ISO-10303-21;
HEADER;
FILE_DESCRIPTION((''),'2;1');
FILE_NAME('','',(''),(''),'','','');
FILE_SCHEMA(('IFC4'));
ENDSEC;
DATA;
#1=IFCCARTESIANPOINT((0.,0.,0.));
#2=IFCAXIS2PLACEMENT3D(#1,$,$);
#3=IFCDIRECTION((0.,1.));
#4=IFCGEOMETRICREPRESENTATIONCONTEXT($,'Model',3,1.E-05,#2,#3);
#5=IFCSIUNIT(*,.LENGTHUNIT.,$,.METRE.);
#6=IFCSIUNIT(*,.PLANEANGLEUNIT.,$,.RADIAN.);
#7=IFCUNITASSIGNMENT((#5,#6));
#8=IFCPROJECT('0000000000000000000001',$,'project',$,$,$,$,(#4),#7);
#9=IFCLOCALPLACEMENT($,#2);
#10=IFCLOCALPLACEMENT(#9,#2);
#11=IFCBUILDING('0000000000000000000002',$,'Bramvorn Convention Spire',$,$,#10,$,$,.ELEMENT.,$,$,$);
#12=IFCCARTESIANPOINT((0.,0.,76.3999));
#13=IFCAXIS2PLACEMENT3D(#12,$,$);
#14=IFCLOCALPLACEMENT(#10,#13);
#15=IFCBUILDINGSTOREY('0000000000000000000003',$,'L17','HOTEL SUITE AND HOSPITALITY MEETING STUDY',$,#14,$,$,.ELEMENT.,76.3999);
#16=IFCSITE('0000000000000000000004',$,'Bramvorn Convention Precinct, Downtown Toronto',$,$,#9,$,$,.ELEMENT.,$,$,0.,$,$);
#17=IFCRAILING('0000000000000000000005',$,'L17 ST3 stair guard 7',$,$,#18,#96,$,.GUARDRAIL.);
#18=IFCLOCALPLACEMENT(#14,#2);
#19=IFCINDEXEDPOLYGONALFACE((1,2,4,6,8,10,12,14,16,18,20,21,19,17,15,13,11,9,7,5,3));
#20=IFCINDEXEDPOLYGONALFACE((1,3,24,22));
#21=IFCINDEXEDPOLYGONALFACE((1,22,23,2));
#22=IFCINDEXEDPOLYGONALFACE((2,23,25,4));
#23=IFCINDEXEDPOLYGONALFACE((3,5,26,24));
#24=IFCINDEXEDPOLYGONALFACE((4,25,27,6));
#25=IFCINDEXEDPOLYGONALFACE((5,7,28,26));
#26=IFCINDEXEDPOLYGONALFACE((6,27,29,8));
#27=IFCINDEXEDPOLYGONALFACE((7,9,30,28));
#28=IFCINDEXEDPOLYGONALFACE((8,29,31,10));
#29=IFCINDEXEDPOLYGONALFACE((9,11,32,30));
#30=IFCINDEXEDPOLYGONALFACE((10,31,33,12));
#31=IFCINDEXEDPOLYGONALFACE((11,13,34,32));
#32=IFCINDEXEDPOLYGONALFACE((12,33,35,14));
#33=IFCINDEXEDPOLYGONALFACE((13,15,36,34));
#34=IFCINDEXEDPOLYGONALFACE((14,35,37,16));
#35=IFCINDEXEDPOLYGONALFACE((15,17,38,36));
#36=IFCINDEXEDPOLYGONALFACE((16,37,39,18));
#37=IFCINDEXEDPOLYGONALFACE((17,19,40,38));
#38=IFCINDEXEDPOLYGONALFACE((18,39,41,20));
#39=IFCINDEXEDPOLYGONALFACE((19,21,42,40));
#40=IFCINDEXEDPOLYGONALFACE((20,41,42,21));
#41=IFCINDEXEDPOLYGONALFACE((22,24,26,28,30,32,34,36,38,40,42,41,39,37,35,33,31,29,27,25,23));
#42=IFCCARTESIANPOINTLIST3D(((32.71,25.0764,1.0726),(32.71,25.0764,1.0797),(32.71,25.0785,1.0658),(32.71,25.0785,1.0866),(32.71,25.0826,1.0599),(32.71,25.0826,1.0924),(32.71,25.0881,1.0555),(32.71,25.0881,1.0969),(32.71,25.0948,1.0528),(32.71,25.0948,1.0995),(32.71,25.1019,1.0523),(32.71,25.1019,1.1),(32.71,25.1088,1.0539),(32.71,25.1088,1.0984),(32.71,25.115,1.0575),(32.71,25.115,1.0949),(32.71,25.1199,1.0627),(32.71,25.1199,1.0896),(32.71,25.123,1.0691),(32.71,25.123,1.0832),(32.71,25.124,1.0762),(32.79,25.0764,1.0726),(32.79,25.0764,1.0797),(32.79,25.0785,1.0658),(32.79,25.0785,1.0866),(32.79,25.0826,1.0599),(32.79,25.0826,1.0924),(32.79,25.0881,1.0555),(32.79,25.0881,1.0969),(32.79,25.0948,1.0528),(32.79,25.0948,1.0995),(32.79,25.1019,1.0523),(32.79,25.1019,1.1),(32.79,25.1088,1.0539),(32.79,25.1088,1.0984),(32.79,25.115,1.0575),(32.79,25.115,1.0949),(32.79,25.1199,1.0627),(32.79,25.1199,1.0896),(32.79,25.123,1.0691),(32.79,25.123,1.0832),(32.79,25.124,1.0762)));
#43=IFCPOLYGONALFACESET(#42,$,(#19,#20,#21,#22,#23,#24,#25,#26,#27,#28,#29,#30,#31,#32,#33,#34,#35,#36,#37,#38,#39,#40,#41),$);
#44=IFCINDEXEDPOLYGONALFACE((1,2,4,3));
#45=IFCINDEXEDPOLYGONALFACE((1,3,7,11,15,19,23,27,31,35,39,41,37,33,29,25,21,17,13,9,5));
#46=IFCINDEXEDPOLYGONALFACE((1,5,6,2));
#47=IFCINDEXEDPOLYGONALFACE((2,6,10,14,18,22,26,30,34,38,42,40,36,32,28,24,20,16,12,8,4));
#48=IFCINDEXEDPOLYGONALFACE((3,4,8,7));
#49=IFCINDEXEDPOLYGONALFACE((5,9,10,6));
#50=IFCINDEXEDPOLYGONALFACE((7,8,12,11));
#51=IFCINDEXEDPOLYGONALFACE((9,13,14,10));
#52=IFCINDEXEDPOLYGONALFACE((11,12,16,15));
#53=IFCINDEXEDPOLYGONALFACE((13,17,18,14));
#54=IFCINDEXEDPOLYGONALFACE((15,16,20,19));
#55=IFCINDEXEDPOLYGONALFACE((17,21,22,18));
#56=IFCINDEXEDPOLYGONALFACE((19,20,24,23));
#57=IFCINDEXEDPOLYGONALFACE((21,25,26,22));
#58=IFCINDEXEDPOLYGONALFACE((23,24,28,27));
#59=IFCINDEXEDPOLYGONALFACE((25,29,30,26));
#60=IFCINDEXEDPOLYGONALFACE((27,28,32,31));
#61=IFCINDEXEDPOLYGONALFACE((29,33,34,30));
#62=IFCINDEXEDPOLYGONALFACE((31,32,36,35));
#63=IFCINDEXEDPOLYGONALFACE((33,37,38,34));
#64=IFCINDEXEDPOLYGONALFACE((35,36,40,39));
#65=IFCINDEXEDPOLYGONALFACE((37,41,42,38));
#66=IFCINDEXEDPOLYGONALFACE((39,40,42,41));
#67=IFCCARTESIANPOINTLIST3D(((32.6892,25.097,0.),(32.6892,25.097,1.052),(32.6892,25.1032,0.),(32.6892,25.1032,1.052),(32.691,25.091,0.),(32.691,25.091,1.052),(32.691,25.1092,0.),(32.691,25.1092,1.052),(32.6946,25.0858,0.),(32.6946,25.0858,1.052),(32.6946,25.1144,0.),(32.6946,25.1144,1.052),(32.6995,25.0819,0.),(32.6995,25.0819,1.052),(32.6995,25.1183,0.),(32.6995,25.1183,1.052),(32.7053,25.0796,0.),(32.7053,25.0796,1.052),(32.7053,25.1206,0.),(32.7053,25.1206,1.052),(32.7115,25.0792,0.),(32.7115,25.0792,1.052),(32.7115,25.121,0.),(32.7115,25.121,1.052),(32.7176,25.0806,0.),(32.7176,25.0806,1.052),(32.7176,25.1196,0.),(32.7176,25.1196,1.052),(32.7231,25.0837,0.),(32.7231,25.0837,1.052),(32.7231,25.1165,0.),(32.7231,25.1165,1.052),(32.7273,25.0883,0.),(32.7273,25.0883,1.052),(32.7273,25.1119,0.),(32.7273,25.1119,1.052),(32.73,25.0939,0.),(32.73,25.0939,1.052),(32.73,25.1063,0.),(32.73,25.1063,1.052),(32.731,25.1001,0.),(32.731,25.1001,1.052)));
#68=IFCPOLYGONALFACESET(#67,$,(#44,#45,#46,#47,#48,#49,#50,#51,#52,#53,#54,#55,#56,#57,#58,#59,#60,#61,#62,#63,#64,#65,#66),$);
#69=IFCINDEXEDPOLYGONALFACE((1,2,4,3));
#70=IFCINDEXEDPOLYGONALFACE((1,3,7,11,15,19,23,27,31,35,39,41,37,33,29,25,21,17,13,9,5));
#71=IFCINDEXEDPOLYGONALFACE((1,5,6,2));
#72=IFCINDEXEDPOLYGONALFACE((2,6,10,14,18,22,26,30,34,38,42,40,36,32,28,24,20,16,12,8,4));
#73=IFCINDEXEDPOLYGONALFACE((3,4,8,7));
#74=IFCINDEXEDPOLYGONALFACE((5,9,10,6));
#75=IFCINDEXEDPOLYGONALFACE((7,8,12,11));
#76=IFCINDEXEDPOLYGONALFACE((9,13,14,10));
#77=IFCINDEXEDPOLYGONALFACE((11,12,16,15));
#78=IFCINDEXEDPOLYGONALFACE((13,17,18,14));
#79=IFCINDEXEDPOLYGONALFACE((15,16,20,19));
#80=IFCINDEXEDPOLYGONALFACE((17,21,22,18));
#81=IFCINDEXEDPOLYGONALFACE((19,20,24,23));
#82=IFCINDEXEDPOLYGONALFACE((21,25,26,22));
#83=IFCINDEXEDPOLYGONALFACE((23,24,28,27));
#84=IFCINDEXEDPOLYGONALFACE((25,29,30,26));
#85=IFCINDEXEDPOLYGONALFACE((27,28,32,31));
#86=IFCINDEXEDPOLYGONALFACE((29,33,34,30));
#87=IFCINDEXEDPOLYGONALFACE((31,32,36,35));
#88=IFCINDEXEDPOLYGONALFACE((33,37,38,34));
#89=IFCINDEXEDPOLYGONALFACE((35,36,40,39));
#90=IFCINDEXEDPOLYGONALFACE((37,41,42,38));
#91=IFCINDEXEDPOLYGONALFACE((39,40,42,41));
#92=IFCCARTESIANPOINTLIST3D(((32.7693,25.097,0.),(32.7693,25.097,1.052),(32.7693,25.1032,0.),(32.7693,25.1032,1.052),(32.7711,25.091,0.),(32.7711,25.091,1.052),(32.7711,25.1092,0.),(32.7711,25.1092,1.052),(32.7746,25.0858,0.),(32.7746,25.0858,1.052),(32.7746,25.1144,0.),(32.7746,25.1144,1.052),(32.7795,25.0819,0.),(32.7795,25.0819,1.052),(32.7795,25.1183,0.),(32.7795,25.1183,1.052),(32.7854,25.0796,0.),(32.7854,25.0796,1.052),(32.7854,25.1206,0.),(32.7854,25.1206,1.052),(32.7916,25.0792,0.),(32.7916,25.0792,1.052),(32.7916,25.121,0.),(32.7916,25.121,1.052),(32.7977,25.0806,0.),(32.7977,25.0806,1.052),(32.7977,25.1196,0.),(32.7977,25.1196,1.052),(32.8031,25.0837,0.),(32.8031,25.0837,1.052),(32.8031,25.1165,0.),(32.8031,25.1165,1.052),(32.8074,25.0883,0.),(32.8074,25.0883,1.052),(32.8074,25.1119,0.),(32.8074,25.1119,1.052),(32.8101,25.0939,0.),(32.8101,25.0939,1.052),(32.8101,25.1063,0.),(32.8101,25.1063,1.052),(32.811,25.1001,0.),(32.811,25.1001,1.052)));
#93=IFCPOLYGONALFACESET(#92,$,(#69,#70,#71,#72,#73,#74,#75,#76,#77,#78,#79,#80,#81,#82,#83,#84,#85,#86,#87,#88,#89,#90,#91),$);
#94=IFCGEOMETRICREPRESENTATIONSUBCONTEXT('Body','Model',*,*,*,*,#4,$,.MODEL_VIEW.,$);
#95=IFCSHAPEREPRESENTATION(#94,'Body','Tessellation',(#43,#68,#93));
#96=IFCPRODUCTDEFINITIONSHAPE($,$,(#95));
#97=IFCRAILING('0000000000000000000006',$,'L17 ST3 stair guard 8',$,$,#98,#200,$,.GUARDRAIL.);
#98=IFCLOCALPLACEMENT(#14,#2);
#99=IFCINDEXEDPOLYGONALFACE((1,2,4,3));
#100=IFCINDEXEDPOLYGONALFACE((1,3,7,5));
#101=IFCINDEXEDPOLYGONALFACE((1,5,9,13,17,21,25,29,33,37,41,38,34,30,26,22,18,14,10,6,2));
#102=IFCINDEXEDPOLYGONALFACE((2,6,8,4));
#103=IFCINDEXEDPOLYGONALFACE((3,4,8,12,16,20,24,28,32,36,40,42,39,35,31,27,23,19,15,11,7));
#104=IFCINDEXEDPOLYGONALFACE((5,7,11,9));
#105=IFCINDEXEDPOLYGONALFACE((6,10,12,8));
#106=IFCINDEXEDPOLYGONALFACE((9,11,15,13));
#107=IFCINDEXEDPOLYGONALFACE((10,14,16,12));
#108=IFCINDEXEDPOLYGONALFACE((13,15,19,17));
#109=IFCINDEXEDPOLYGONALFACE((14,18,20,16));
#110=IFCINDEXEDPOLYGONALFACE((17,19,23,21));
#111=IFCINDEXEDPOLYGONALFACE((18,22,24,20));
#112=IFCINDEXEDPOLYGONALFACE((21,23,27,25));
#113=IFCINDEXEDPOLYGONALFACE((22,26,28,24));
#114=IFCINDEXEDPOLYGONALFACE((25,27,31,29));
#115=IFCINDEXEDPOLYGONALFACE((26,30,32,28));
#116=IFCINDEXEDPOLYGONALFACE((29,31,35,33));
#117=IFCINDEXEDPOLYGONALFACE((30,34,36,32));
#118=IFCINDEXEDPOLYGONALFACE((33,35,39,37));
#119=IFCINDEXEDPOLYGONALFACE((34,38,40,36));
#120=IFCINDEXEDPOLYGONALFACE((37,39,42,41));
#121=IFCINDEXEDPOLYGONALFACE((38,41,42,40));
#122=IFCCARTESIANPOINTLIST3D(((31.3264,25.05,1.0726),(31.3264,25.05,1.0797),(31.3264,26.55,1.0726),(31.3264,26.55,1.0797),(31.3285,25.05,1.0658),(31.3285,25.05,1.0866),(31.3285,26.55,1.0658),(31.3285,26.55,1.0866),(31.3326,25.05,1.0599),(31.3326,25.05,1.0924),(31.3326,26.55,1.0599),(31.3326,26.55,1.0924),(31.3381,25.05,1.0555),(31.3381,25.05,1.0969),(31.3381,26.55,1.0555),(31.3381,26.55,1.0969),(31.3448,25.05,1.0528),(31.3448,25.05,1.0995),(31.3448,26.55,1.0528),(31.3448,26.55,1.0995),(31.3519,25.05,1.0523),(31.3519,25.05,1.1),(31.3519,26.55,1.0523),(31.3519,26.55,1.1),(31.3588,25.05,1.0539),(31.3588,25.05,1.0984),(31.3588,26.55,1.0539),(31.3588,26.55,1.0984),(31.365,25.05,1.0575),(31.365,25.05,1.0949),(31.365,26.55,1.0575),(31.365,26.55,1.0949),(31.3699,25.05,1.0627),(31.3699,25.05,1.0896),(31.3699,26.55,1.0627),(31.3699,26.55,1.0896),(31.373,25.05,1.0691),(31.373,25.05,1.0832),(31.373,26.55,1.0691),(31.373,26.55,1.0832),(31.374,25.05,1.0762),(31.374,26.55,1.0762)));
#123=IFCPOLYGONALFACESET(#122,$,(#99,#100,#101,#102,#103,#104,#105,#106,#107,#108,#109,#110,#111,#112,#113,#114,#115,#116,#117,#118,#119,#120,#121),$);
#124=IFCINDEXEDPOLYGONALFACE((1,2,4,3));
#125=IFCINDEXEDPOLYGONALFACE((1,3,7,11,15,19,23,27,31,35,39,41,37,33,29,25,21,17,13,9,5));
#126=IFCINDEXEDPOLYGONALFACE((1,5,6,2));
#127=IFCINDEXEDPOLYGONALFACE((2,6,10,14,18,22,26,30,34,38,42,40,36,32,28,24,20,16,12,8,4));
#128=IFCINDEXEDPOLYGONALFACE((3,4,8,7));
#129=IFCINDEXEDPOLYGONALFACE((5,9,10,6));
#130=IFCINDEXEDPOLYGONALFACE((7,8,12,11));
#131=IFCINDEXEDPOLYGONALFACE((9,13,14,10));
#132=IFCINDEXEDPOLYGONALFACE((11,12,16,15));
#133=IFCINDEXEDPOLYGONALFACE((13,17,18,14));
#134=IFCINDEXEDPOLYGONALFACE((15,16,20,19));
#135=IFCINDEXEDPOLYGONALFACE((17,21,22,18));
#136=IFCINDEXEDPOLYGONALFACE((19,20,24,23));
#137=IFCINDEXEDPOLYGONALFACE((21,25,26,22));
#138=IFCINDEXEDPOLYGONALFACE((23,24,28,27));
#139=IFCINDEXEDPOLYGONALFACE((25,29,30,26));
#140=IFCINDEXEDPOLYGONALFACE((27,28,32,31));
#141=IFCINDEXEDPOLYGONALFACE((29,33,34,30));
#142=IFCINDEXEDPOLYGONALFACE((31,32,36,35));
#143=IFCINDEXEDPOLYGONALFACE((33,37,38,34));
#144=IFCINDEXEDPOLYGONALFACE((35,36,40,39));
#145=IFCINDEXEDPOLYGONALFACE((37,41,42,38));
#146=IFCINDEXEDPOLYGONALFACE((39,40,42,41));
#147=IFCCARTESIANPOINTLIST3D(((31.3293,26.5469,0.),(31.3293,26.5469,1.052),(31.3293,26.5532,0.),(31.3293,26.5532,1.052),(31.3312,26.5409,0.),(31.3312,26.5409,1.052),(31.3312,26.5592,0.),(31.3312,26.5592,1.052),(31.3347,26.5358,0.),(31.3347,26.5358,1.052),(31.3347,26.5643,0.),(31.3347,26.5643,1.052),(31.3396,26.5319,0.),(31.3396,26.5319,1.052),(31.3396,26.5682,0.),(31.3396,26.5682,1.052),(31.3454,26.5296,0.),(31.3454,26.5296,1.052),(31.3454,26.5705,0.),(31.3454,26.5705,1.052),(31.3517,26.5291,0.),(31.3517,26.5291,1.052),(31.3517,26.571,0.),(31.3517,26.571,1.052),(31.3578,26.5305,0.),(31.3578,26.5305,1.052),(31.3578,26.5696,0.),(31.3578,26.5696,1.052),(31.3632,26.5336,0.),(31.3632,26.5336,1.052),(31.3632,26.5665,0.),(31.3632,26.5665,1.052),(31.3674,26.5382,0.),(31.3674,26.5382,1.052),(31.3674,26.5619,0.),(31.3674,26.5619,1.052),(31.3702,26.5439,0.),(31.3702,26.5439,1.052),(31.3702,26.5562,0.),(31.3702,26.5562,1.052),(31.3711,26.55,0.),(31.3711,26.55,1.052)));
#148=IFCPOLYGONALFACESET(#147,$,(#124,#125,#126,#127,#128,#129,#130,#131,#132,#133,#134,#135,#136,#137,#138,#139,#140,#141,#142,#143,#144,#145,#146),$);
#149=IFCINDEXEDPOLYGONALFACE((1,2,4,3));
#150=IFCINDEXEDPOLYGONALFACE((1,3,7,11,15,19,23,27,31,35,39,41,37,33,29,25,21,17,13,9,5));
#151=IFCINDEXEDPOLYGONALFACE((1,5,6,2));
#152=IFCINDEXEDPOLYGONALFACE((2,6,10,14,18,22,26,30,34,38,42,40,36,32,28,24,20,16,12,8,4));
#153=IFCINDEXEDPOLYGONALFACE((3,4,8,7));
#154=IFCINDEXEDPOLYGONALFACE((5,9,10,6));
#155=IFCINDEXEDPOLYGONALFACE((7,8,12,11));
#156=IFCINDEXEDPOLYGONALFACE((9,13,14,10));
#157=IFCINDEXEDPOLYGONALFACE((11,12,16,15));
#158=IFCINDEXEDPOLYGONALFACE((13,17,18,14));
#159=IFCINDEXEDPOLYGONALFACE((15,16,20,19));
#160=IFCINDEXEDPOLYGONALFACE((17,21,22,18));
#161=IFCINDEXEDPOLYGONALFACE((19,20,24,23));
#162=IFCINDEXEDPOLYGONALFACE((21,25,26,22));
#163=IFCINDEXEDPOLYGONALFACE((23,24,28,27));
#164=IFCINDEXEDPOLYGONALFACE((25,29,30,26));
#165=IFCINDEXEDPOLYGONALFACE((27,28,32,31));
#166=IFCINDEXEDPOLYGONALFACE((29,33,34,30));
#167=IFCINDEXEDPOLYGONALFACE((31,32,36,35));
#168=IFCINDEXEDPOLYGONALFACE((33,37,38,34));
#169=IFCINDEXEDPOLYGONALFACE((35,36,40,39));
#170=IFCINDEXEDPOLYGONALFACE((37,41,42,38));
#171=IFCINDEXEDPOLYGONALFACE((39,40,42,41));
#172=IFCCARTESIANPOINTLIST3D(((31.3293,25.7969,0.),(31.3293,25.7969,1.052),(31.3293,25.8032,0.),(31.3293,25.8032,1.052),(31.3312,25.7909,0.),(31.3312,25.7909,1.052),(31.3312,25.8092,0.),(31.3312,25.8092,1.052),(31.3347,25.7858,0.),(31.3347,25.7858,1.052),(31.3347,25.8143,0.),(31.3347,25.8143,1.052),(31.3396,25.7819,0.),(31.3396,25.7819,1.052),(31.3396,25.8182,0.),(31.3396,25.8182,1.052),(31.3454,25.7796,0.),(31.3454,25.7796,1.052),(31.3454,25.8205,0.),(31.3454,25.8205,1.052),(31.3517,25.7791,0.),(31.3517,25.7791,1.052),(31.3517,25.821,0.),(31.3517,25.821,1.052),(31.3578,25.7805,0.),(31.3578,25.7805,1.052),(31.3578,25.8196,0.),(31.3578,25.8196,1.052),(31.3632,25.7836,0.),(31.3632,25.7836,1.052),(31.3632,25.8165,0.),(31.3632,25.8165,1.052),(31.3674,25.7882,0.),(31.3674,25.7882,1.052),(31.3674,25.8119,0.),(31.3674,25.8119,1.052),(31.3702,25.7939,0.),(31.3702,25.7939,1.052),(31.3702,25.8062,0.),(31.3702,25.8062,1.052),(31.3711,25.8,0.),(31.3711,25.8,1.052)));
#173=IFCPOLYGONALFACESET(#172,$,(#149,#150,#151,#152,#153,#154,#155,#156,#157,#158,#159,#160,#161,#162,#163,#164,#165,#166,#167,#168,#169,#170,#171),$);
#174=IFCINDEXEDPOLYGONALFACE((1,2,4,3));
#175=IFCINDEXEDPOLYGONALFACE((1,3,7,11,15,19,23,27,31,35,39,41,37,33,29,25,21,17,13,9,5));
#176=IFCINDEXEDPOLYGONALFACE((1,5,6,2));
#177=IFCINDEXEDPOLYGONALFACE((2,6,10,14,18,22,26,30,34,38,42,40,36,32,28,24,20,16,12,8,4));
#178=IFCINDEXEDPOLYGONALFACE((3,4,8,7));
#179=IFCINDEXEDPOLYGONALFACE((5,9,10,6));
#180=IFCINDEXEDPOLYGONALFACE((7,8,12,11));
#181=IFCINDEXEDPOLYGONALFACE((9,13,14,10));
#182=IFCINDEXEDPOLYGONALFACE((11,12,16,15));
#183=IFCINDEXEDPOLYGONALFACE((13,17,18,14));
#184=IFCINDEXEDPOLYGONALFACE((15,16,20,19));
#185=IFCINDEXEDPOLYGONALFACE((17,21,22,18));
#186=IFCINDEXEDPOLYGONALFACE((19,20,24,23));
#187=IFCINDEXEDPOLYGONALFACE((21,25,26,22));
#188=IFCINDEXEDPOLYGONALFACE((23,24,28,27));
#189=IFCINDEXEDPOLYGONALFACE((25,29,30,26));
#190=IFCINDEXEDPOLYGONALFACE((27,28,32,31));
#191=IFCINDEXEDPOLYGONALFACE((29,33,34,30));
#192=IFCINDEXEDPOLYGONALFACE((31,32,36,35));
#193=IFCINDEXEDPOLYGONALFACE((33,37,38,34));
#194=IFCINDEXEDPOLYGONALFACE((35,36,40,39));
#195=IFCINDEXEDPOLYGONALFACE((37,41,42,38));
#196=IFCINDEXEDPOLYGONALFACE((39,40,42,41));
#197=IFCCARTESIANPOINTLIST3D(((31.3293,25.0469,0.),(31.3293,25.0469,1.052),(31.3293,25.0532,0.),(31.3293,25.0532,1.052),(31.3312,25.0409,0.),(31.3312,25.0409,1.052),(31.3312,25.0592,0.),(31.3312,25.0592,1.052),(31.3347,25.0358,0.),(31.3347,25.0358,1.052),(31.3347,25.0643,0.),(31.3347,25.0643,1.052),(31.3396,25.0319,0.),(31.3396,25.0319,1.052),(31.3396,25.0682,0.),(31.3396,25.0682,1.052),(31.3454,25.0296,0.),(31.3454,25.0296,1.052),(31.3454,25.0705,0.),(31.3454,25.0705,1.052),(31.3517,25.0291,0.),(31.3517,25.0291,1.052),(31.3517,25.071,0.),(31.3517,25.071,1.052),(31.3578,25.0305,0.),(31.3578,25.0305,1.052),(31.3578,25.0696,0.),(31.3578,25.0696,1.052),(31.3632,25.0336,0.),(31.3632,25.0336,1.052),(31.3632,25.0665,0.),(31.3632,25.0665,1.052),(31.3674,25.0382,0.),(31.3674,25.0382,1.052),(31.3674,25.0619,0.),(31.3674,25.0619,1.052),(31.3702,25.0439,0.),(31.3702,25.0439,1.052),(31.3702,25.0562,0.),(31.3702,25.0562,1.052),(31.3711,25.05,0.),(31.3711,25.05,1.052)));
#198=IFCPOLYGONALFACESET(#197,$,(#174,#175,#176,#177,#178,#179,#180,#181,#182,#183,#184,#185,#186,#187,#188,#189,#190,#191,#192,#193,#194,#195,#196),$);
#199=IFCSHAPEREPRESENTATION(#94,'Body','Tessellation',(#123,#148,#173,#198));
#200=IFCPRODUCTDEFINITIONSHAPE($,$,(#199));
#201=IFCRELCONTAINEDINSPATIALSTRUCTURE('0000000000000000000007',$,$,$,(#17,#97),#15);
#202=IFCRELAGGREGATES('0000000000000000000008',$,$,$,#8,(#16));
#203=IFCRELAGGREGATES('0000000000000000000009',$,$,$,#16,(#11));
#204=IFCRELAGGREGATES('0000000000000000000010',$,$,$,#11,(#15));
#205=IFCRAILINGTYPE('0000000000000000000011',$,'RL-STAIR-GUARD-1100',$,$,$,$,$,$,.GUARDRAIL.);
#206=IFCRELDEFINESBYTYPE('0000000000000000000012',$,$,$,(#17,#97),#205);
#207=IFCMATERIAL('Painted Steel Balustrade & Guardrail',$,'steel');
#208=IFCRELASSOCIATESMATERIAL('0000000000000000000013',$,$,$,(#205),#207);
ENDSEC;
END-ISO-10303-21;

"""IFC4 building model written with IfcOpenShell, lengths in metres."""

from ifc_helpers import new_model, si_unit, direction, frame, origin, origin_2d, place, context, subcontext, project, spatial, circle, extrude, material, type_object, element, save


model = new_model("IFC4")

# Units and contexts
model_context = context("Model", 3, precision=1e-05, world=origin(), true_north=direction((0.0, 1.0)))
body_context = subcontext(model_context, "Body", "Model", "MODEL_VIEW")
ifc_project = project(units=[si_unit("LENGTHUNIT", "METRE"), si_unit("PLANEANGLEUNIT", "RADIAN")], contexts=[model_context])

# Site, building, storey
site_placement = place(None, origin())
site = spatial("IfcSite", under=ifc_project, at=site_placement, Name="Bramvorn Convention Precinct, Downtown Toronto", CompositionType="ELEMENT", RefElevation=0.0)
building_placement = place(site_placement, origin())
building = spatial("IfcBuilding", under=site, at=building_placement, Name="Bramvorn Convention Spire", CompositionType="ELEMENT")
storey_placement = place(building_placement, frame((0.0, 0.0, 76.3999)))
storey = spatial("IfcBuildingStorey", under=building, at=storey_placement, Name="L17", Description="HOTEL SUITE AND HOSPITALITY MEETING STUDY", CompositionType="ELEMENT", Elevation=76.3999)

# Railings
ifc_material_1 = material(Name="Painted Steel Balustrade & Guardrail", Category="steel")
railing_type = type_object("IfcRailingType", Name="RL-STAIR-GUARD-1100", PredefinedType="GUARDRAIL", material=ifc_material_1)
railing_1_placement = place(storey_placement, frame((32.71, 25.1001, 0.0)))
element("IfcRailing", 1, at=railing_1_placement, inside=storey, type_object=railing_type, Name="L17 ST3 stair guard 7", PredefinedType="GUARDRAIL", context=body_context, shape_type="SweptSolid", body=[
    extrude(circle(Radius=0.0239, at=origin_2d()), frame((0.0, 0.0, 1.0762), z_axis=(1.0, 0.0, 0.0), x_axis=(0.0, 1.0, 0.0)), (0.0, 0.0, 1.0), 0.0801),
    extrude(circle(Radius=0.021, at=origin_2d()), origin(), (0.0, 0.0, 1.0), 1.052),
    extrude(circle(Radius=0.021, at=origin_2d()), frame((0.0801, 0.0, 0.0)), (0.0, 0.0, 1.0), 1.052),
])
for number, where, name in (
    (2, (31.3501, 26.55, 0.0), "L17 ST3 stair guard 8"),
):
    element("IfcRailing", number, at=place(storey_placement, frame(where)), inside=storey, type_object=railing_type, Name=name, PredefinedType="GUARDRAIL", context=body_context, shape_type="SweptSolid", body=[
        extrude(circle(Radius=0.0239, at=origin_2d()), frame((0.0, 0.0, 1.0762), z_axis=(0.0, -1.0, 0.0), x_axis=(1.0, 0.0, 0.0)), (0.0, 0.0, 1.0), 1.5),
        extrude(circle(Radius=0.021, at=origin_2d()), origin(), (0.0, 0.0, 1.0), 1.052),
        extrude(circle(Radius=0.021, at=origin_2d()), frame((0.0, -0.75, 0.0)), (0.0, 0.0, 1.0), 1.052),
        extrude(circle(Radius=0.021, at=origin_2d()), frame((0.0, -1.5, 0.0)), (0.0, 0.0, 1.0), 1.052),
    ])

save(model, "model.ifc")
